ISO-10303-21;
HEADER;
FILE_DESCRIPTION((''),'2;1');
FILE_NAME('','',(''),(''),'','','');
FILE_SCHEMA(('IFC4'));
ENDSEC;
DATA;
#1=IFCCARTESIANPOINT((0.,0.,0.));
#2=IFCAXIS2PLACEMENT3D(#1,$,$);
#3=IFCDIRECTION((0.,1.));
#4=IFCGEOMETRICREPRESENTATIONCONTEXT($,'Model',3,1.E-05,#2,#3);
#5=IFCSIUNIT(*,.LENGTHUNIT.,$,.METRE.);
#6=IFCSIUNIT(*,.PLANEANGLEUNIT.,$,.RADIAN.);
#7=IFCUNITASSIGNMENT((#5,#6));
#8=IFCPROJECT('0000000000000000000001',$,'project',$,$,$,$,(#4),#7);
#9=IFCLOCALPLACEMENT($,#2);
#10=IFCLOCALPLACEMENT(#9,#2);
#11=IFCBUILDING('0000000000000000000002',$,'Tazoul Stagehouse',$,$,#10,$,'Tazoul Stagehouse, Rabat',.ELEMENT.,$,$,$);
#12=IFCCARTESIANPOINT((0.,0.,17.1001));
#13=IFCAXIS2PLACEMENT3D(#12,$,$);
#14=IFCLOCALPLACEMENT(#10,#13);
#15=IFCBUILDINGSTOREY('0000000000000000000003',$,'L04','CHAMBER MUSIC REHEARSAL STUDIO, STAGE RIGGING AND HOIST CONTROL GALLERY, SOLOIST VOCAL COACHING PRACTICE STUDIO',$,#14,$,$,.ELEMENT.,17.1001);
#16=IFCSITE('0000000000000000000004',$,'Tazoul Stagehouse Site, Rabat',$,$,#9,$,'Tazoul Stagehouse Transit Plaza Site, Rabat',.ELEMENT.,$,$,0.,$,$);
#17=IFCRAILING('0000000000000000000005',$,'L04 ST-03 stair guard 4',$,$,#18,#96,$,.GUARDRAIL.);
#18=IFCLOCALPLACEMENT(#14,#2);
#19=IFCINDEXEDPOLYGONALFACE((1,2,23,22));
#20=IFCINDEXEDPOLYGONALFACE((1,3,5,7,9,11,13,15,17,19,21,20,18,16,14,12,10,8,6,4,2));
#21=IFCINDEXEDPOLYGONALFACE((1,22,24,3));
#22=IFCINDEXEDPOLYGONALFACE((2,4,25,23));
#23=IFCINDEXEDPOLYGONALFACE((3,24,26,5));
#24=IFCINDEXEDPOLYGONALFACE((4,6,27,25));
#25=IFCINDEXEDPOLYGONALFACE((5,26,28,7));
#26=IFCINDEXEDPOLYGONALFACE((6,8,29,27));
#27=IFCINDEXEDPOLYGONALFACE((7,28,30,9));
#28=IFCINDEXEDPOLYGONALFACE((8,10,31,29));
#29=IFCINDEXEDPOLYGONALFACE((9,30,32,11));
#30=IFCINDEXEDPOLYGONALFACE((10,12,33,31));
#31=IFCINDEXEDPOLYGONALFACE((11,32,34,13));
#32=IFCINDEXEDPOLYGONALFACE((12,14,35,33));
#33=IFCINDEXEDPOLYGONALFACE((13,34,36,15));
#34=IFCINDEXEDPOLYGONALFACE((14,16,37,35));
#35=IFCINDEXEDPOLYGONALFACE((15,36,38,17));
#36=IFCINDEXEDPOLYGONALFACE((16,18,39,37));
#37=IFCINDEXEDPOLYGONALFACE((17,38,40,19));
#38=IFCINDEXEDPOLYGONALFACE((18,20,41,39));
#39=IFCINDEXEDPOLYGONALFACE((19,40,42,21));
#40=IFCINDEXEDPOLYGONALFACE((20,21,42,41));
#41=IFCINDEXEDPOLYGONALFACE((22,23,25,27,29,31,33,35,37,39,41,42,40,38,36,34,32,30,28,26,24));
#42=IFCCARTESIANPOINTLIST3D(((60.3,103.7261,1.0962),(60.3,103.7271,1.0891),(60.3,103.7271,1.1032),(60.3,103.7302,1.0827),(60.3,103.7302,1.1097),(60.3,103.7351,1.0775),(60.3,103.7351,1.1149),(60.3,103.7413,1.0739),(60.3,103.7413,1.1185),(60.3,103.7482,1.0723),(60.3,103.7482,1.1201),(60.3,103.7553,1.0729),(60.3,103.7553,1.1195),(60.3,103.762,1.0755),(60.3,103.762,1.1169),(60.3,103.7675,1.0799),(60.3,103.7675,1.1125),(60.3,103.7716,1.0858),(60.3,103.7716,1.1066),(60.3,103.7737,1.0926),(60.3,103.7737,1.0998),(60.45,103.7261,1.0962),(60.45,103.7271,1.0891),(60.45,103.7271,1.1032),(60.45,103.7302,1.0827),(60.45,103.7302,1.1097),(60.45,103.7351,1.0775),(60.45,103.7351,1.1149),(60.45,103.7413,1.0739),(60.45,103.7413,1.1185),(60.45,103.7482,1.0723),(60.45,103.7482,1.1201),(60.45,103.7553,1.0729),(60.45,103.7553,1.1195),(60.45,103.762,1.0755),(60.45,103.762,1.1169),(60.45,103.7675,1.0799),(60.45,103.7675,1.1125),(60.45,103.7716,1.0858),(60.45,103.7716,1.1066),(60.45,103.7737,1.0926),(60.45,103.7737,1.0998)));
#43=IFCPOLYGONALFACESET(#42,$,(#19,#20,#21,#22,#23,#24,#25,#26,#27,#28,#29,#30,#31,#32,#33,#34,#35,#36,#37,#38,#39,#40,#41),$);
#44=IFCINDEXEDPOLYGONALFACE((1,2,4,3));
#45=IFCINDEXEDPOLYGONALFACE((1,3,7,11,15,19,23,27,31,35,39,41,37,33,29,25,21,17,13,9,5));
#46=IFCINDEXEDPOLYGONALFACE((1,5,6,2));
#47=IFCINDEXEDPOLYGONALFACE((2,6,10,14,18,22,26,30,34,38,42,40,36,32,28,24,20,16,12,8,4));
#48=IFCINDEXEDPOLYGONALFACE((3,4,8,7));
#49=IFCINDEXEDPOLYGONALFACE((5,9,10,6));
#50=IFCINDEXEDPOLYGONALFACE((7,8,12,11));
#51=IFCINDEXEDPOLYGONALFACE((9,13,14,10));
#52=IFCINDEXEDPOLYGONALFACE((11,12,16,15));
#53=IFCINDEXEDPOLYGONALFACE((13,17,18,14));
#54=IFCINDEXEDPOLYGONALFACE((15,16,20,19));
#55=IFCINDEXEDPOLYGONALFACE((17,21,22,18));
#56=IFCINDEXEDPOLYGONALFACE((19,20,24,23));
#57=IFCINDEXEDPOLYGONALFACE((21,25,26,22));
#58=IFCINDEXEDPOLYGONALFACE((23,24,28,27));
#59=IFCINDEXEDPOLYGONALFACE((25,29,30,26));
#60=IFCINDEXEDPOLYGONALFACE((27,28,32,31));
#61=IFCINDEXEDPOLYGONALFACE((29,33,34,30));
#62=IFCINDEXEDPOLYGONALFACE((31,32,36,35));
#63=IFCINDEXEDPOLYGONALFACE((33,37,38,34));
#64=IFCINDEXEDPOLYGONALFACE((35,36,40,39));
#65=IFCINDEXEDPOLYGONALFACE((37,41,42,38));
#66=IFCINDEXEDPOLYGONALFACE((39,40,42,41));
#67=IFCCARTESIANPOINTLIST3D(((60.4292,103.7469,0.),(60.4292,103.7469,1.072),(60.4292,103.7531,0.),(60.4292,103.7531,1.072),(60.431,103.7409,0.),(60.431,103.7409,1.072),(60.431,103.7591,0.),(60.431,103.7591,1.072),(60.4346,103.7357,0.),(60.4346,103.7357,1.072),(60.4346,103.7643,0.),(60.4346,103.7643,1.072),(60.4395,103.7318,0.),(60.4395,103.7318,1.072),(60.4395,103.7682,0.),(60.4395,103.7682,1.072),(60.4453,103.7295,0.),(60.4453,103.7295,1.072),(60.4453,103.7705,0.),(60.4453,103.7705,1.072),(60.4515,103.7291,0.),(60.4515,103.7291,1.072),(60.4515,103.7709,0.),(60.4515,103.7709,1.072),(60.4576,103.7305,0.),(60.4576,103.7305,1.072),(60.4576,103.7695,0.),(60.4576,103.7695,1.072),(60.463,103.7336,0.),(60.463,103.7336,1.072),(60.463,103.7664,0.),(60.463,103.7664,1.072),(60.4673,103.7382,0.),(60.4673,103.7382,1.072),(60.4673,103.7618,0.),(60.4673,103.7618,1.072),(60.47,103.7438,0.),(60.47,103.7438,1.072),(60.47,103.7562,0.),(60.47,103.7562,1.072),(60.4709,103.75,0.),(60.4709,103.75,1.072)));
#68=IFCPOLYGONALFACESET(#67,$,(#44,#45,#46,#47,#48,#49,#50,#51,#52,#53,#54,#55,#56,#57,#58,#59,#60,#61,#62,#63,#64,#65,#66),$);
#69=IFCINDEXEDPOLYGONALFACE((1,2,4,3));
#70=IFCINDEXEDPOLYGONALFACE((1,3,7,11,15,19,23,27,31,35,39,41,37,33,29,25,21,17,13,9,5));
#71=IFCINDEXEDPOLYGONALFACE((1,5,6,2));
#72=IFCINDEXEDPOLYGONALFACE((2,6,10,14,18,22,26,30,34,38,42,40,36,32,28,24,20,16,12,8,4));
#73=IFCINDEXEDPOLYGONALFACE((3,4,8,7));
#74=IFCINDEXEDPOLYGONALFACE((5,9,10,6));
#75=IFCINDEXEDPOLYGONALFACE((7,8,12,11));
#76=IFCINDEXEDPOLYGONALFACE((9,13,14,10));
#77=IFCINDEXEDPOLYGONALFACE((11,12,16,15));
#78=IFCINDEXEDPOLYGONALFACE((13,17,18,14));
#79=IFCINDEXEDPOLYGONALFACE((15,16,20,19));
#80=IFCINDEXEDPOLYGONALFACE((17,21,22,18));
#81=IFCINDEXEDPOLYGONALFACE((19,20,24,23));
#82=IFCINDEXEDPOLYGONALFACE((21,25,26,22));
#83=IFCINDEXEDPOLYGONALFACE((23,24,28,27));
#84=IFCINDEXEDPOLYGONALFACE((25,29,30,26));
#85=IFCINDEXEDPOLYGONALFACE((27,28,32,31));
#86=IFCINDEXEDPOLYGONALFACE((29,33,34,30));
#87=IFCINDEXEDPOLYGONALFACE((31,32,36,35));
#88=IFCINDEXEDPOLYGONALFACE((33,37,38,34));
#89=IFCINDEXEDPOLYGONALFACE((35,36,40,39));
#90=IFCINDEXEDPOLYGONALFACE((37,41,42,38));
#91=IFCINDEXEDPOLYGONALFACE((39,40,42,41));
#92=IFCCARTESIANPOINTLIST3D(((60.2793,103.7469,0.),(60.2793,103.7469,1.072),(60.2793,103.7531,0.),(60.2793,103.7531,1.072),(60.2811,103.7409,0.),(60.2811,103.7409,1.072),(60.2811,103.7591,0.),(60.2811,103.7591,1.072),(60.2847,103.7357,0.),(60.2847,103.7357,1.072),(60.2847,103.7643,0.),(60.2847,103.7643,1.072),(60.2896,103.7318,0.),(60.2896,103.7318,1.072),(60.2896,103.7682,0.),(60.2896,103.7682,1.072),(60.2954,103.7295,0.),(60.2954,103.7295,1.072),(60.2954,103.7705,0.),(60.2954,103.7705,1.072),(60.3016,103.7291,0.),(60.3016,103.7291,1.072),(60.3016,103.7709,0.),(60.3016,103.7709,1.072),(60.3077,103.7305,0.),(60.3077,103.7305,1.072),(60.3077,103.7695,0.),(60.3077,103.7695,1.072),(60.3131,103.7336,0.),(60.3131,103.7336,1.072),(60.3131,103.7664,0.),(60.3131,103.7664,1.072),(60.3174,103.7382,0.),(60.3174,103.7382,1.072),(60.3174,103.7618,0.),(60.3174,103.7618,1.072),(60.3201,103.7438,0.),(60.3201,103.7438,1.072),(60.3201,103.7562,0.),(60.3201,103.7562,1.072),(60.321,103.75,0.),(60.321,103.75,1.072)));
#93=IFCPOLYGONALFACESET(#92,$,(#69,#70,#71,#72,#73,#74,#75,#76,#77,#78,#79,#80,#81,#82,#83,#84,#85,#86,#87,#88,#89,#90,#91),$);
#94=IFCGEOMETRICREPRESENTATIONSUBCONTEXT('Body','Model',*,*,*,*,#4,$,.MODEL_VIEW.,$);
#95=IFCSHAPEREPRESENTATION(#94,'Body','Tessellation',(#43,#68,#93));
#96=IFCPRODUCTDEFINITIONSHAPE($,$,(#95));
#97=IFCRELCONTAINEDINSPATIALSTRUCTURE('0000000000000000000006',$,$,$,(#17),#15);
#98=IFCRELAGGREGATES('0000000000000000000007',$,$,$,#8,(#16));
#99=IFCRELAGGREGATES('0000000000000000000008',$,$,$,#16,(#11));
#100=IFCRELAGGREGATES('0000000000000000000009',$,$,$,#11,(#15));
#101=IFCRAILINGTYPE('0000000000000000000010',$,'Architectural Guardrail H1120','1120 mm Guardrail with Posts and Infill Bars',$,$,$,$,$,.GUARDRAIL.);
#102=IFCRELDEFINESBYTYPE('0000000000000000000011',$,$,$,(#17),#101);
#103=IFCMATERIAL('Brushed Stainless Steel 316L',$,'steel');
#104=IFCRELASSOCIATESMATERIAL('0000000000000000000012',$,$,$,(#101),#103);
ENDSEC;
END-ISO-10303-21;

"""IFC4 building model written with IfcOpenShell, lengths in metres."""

from ifc_helpers import new_model, si_unit, direction, frame, origin, origin_2d, place, context, subcontext, project, spatial, circle, extrude, material, material_profile, profile_set, type_object, element, save


model = new_model("IFC4")

# Units and contexts
model_context = context("Model", 3, precision=1e-05, world=origin(), true_north=direction((0.0, 1.0)))
body_context = subcontext(model_context, "Body", "Model", "MODEL_VIEW")
ifc_project = project(units=[si_unit("LENGTHUNIT", "METRE"), si_unit("PLANEANGLEUNIT", "RADIAN")], contexts=[model_context])

# Site, building, storey
site_placement = place(None, origin())
site = spatial("IfcSite", under=ifc_project, at=site_placement, Name="Tazoul Stagehouse Site, Rabat", LongName="Tazoul Stagehouse Transit Plaza Site, Rabat", CompositionType="ELEMENT", RefElevation=0.0)
building_placement = place(site_placement, origin())
building = spatial("IfcBuilding", under=site, at=building_placement, Name="Tazoul Stagehouse", LongName="Tazoul Stagehouse, Rabat", CompositionType="ELEMENT")
storey_placement = place(building_placement, frame((0.0, 0.0, 17.1001)))
storey = spatial("IfcBuildingStorey", under=building, at=storey_placement, Name="L04", Description="CHAMBER MUSIC REHEARSAL STUDIO, STAGE RIGGING AND HOIST CONTROL GALLERY, SOLOIST VOCAL COACHING PRACTICE STUDIO", CompositionType="ELEMENT", Elevation=17.1001)

# Railing
ifc_material_1 = material(Name="Brushed Stainless Steel 316L", Category="steel")
ifc_material_profile_1 = material_profile(ifc_material_1, circle(Radius=0.0239, at=origin_2d()), Name="SS RAIL D48")
ifc_profile_set_1 = profile_set([ifc_material_profile_1], Name="Brushed Stainless Steel 316L")
railing_type_1 = type_object("IfcRailingType", Name="Architectural Guardrail H1120", Description="1120 mm Guardrail with Posts and Infill Bars", PredefinedType="GUARDRAIL", material=ifc_profile_set_1)
railing_1_placement = place(storey_placement, frame((60.45, 103.75, 0.0)))
element("IfcRailing", 1, at=railing_1_placement, inside=storey, type_object=railing_type_1, Name="L04 ST-03 stair guard 4", PredefinedType="GUARDRAIL", context=body_context, shape_type="SweptSolid", body=[
    extrude(circle(Radius=0.0239, at=origin_2d()), frame((0.0, 0.0, 1.0962), z_axis=(-1.0, 0.0, 0.0), x_axis=(0.0, -1.0, 0.0)), (0.0, 0.0, 1.0), 0.1499),
    extrude(circle(Radius=0.021, at=origin_2d()), origin(), (0.0, 0.0, 1.0), 1.072),
    extrude(circle(Radius=0.021, at=origin_2d()), frame((-0.1499, 0.0, 0.0)), (0.0, 0.0, 1.0), 1.072),
])

save(model, "model.ifc")
